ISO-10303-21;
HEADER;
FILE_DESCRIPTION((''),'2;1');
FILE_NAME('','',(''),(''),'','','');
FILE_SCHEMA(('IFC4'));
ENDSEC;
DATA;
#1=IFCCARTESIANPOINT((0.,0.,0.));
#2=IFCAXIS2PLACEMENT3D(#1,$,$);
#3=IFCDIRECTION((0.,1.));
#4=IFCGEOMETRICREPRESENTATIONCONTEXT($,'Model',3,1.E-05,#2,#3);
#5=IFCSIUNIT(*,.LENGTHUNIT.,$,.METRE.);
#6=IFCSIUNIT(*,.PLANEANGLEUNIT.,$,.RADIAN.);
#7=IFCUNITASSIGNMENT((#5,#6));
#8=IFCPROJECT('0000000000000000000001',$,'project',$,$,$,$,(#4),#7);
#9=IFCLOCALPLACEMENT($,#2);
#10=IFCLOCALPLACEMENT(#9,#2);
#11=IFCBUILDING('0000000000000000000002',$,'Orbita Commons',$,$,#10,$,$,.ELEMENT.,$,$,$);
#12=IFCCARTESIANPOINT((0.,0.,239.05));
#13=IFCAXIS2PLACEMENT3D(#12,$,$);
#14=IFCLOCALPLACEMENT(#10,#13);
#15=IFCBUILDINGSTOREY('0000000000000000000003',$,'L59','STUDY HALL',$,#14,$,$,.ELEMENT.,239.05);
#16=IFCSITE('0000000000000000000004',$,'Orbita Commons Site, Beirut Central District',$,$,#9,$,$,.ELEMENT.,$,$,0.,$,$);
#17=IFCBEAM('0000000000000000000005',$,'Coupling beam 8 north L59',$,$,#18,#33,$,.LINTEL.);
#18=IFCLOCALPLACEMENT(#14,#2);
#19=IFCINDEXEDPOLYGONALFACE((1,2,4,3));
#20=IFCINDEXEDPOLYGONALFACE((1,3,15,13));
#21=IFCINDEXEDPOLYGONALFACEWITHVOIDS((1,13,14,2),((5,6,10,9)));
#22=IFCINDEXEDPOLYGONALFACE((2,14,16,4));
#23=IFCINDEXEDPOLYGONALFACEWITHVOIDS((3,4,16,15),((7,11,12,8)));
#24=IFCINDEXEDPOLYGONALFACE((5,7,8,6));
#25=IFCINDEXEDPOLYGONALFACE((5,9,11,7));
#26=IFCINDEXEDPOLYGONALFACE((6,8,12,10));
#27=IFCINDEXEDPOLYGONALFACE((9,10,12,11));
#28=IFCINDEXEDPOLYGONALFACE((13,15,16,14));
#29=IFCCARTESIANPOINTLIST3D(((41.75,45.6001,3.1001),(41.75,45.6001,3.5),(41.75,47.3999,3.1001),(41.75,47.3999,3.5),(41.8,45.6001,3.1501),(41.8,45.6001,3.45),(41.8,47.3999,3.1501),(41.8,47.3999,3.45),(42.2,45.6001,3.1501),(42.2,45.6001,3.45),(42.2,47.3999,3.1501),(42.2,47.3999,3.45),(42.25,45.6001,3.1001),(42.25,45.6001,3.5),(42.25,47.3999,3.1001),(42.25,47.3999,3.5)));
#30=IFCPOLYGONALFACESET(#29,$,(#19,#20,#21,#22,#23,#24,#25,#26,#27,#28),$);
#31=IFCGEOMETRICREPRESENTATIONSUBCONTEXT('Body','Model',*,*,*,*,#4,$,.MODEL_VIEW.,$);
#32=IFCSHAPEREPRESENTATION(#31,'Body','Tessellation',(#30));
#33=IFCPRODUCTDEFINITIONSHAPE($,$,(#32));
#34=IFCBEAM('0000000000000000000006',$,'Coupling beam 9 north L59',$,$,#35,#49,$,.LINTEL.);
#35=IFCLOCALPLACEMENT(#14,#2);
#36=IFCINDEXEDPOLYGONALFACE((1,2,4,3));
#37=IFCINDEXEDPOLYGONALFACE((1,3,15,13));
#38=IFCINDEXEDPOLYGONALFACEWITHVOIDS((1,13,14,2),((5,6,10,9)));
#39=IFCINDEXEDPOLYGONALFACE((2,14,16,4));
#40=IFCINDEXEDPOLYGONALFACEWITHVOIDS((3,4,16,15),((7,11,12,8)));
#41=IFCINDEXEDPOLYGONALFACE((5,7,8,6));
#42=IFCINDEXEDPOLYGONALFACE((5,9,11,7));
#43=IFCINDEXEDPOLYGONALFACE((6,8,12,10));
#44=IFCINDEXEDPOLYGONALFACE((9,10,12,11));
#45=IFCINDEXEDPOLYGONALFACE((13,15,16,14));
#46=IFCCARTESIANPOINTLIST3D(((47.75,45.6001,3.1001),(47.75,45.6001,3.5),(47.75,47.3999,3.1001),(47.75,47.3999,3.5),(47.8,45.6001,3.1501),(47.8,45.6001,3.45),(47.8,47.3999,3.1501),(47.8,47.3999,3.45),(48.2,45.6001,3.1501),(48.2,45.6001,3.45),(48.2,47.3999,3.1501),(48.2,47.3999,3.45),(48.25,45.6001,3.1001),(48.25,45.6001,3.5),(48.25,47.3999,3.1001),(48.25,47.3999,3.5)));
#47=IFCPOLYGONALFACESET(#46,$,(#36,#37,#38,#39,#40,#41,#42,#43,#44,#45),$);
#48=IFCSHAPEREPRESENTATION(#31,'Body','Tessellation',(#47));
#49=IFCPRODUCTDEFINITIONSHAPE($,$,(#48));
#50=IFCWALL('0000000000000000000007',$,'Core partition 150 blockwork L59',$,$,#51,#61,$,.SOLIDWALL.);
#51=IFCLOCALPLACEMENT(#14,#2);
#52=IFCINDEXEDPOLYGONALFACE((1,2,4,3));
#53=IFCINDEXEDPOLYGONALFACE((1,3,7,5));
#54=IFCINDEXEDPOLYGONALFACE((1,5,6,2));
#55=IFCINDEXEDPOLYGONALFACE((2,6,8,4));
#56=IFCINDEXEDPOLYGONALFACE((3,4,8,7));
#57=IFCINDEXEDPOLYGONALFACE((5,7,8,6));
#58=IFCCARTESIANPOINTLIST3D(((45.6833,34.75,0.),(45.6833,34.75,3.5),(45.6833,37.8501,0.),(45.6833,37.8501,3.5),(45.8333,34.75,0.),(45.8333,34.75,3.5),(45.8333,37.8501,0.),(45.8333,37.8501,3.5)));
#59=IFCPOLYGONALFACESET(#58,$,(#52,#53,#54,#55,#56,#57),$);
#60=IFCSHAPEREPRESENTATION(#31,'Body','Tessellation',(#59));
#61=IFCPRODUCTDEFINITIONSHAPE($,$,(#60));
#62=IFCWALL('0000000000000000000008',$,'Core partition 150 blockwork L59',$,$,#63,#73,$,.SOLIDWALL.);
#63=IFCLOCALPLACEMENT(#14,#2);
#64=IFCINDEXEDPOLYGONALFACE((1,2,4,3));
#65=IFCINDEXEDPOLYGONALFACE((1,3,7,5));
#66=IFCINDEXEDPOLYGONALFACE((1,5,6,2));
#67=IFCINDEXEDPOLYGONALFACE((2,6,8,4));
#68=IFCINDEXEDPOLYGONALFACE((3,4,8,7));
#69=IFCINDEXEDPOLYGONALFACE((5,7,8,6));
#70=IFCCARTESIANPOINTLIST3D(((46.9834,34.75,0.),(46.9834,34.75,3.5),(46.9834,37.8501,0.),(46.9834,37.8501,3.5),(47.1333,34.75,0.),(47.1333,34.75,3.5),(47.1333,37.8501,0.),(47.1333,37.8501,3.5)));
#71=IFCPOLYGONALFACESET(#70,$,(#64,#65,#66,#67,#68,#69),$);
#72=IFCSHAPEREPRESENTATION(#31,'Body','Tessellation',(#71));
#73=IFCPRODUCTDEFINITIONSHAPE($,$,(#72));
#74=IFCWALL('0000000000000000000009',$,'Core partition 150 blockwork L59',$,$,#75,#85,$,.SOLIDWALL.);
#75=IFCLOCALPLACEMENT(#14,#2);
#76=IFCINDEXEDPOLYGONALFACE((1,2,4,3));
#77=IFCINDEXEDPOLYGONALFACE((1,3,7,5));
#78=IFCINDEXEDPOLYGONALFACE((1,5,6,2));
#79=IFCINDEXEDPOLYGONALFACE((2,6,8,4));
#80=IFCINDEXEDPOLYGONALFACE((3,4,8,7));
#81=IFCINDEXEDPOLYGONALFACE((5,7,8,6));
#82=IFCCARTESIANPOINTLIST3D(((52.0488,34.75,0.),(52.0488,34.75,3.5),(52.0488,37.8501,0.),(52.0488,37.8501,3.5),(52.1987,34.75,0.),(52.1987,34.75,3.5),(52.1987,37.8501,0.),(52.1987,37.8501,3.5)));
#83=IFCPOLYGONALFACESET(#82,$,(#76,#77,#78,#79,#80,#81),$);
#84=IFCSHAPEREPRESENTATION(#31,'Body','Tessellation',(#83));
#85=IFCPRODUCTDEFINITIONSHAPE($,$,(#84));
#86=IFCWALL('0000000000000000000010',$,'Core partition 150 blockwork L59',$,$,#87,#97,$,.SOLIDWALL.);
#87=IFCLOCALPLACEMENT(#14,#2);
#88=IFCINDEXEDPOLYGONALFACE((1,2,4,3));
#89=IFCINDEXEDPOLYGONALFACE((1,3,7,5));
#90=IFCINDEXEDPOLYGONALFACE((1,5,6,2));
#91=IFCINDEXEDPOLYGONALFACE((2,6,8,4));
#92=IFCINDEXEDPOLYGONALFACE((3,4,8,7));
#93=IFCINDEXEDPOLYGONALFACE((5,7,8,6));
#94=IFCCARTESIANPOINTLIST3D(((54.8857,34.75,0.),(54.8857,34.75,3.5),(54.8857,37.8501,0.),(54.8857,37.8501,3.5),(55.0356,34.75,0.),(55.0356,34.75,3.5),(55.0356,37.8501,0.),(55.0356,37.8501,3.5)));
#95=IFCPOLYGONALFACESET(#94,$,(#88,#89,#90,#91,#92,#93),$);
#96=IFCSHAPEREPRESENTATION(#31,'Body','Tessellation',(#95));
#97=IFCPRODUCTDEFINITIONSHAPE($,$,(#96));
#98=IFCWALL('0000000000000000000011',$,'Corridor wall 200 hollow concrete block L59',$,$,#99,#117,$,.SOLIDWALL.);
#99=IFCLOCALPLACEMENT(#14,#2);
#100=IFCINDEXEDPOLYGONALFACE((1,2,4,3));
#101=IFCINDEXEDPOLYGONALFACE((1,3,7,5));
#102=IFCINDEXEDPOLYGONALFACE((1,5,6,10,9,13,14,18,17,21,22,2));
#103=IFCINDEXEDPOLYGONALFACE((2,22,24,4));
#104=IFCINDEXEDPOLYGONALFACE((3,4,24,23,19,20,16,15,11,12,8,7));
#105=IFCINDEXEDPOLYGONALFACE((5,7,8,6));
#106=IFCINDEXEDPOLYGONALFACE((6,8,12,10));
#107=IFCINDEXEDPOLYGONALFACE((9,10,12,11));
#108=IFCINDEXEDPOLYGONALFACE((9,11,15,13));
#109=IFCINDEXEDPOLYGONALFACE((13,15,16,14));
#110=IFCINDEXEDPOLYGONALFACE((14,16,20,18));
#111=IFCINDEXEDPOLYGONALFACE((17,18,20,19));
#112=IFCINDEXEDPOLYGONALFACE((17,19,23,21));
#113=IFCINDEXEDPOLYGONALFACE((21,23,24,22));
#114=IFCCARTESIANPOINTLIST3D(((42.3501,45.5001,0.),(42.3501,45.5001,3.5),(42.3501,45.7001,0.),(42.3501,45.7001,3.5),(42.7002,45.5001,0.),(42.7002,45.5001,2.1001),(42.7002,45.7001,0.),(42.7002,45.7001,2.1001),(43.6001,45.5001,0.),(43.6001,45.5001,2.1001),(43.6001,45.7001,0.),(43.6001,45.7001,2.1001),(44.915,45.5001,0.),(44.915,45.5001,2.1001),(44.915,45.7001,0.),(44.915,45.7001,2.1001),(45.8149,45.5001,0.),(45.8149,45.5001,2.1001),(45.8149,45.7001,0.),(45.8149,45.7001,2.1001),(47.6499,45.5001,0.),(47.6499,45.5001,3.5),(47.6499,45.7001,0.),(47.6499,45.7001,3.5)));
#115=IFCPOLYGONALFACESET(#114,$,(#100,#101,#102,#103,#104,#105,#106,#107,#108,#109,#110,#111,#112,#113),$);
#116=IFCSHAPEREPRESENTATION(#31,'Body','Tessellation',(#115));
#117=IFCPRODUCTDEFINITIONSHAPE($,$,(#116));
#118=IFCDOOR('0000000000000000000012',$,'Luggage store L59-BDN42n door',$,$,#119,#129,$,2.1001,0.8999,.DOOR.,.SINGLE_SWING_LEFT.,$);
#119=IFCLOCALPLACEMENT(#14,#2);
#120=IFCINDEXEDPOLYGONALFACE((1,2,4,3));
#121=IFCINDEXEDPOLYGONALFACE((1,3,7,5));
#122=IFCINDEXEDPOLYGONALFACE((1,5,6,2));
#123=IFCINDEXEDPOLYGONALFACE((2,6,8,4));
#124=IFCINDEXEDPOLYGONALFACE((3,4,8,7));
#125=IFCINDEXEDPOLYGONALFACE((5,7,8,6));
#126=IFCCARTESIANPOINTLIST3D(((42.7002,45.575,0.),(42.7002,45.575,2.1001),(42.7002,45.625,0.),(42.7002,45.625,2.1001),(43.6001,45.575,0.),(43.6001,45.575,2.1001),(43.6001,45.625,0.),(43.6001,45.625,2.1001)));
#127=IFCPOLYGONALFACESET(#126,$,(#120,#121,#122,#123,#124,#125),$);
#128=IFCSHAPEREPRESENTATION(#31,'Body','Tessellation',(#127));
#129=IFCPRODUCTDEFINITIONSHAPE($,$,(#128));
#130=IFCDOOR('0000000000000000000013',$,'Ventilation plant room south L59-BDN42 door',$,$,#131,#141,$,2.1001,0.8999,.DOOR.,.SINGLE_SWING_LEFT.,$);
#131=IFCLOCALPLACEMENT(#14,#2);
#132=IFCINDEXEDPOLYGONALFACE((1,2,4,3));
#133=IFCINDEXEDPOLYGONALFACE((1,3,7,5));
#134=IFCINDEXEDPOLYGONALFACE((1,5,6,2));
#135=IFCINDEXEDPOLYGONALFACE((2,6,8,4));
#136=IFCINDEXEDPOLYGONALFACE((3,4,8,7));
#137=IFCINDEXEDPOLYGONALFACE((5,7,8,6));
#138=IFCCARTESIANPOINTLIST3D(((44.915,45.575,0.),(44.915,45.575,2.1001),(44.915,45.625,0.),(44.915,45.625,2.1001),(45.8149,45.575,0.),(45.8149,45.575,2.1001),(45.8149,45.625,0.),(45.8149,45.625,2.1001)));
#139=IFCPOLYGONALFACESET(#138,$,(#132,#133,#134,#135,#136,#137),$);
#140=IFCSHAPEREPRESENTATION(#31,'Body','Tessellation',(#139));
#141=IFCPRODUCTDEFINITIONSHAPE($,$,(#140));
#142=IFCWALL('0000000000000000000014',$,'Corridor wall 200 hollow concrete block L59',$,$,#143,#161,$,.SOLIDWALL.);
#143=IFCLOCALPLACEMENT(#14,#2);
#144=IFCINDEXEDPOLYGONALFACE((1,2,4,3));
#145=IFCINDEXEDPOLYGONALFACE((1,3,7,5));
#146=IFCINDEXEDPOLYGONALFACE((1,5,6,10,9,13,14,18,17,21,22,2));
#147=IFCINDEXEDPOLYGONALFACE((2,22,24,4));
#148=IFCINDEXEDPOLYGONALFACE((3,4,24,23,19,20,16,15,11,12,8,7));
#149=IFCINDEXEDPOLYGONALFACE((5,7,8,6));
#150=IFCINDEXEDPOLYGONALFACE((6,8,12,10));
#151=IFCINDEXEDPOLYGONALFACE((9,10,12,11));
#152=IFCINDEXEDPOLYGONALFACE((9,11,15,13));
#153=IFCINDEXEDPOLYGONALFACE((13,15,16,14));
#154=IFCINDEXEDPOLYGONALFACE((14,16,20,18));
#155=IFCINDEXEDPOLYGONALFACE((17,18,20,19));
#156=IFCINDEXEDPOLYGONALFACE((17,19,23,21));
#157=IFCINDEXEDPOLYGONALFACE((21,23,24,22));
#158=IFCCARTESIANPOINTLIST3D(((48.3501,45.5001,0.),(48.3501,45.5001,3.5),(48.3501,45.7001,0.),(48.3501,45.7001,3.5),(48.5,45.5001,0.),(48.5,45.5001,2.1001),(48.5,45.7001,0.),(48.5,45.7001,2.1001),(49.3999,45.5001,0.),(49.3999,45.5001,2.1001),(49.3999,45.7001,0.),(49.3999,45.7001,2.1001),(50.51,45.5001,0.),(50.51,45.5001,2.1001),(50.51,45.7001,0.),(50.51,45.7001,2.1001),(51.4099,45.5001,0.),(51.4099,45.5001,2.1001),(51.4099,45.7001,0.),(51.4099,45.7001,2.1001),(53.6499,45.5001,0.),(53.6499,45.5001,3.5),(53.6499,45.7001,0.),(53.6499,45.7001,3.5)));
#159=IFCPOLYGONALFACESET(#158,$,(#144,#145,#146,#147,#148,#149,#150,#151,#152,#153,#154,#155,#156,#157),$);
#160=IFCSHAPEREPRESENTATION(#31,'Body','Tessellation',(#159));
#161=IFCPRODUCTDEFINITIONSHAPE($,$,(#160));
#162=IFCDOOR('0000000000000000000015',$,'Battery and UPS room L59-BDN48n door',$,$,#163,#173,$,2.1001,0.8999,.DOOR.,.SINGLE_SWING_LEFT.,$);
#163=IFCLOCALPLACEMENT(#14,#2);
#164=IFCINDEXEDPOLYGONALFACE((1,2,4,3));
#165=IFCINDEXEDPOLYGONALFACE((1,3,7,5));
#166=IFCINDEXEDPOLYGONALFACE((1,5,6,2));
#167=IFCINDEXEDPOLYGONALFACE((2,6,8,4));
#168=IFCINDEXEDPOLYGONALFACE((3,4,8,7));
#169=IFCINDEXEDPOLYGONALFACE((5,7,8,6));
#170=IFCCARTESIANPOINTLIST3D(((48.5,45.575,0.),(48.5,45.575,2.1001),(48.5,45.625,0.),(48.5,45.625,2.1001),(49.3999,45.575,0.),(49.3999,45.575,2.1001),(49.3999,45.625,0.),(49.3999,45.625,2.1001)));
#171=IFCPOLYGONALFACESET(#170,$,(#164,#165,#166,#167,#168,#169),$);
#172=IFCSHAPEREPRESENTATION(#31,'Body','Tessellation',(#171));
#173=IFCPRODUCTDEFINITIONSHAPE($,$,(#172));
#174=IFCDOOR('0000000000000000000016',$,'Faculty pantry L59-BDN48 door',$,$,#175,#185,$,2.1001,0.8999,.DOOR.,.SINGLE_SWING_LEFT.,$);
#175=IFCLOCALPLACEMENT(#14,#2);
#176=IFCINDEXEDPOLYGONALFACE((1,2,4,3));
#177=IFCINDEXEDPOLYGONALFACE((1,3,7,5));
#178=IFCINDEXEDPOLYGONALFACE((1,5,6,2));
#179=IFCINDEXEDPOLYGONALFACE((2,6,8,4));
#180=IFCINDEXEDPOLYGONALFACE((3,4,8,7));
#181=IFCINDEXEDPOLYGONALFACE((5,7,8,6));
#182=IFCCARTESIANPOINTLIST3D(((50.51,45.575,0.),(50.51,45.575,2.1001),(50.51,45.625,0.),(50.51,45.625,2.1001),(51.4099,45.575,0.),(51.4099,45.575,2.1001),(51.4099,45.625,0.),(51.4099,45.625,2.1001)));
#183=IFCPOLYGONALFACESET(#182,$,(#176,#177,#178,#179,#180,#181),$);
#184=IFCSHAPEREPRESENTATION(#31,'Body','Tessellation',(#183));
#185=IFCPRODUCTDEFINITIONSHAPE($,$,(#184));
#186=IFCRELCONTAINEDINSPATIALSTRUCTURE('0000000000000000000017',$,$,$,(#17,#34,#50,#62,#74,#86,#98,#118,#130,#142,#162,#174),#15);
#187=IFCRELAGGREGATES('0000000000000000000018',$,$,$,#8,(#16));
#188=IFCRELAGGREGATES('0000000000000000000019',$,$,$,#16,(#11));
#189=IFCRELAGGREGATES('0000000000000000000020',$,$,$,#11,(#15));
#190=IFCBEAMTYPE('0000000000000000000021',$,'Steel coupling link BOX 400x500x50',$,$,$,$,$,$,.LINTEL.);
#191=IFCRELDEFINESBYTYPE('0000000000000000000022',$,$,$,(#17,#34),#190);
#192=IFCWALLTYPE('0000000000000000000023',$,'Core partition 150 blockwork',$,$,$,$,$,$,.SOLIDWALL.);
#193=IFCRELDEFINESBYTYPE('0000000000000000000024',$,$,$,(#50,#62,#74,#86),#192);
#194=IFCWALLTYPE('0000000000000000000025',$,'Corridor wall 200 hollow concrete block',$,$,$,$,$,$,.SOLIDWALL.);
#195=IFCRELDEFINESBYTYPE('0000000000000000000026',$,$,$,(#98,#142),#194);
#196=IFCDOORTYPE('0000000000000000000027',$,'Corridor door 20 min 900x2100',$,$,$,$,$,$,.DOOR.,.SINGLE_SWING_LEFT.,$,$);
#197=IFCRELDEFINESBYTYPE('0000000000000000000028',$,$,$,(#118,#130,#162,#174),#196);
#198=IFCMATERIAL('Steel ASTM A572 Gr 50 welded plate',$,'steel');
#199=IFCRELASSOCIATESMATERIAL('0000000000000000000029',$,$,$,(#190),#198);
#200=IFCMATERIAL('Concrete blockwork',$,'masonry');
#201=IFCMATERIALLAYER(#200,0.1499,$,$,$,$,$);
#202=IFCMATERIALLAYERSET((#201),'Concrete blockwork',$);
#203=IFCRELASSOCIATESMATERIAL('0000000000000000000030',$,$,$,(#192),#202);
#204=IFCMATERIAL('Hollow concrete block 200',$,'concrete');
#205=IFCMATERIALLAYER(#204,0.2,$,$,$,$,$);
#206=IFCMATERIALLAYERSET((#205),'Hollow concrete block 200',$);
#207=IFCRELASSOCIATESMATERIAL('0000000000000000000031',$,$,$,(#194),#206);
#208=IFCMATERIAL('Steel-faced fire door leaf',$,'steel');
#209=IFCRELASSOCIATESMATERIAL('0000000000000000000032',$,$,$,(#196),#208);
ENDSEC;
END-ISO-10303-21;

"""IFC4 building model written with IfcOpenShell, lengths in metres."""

from ifc_helpers import new_model, si_unit, direction, frame, frame_2d, origin, origin_2d, place, context, subcontext, project, spatial, rectangle, hollow_rectangle, extrude, material, layer, layer_set, material_profile, profile_set, type_object, element, fill, save


model = new_model("IFC4")

# Units and contexts
model_context = context("Model", 3, precision=1e-05, world=origin(), true_north=direction((0.0, 1.0)))
body_context = subcontext(model_context, "Body", "Model", "MODEL_VIEW")
ifc_project = project(units=[si_unit("LENGTHUNIT", "METRE"), si_unit("PLANEANGLEUNIT", "RADIAN")], contexts=[model_context])

# Site, building, storey
site_placement = place(None, origin())
site = spatial("IfcSite", under=ifc_project, at=site_placement, Name="Orbita Commons Site, Beirut Central District", CompositionType="ELEMENT", RefElevation=0.0)
building_placement = place(site_placement, origin())
building = spatial("IfcBuilding", under=site, at=building_placement, Name="Orbita Commons", CompositionType="ELEMENT")
storey_placement = place(building_placement, frame((0.0, 0.0, 239.05)))
storey = spatial("IfcBuildingStorey", under=building, at=storey_placement, Name="L59", Description="STUDY HALL", CompositionType="ELEMENT", Elevation=239.05)

# Beams
ifc_material_1 = material(Name="Steel ASTM A572 Gr 50 welded plate", Category="steel")
ifc_material_profile = material_profile(ifc_material_1, hollow_rectangle(XDim=0.5, YDim=0.3999, WallThickness=0.05, at=origin_2d()), Name="BOX 400x500x50")
ifc_profile_set = profile_set([ifc_material_profile], Name="Steel ASTM A572 Gr 50 welded plate")
beam_type = type_object("IfcBeamType", Name="Steel coupling link BOX 400x500x50", PredefinedType="LINTEL", material=ifc_profile_set)
for number, where, z_axis, x_axis, name in (
    (1, (42.0, 45.6001, 3.3), (0.0, 1.0, 0.0), (-1.0, 0.0, 0.0), "Coupling beam 8 north L59"),
    (2, (48.0, 45.6001, 3.3), (0.0, 1.0, 0.0), (-1.0, 0.0, 0.0), "Coupling beam 9 north L59"),
):
    element("IfcBeam", number, at=place(storey_placement, frame(where, z_axis=z_axis, x_axis=x_axis)), inside=storey, type_object=beam_type, Name=name, PredefinedType="LINTEL", context=body_context, shape_type="SweptSolid", body=[
        extrude(hollow_rectangle(XDim=0.5, YDim=0.3999, WallThickness=0.05, at=origin_2d()), origin(), (0.0, 0.0, 1.0), 1.7998),
    ])

# Walls
ifc_material_2 = material(Name="Concrete blockwork", Category="masonry")
ifc_layer_1 = layer(ifc_material_2, 0.1499)
ifc_layer_set_1 = layer_set([ifc_layer_1], Name="Concrete blockwork")
wall_type_1 = type_object("IfcWallType", Name="Core partition 150 blockwork", PredefinedType="SOLIDWALL", material=ifc_layer_set_1)
for number, where, z_axis, x_axis, name in (
    (3, (45.7583, 34.75, 0.0), (0.0, 0.0, 1.0), (0.0, 1.0, 0.0), "Core partition 150 blockwork L59"),
    (4, (47.0583, 34.75, 0.0), (0.0, 0.0, 1.0), (0.0, 1.0, 0.0), "Core partition 150 blockwork L59"),
    (5, (52.1238, 34.75, 0.0), (0.0, 0.0, 1.0), (0.0, 1.0, 0.0), "Core partition 150 blockwork L59"),
    (6, (54.9607, 34.75, 0.0), (0.0, 0.0, 1.0), (0.0, 1.0, 0.0), "Core partition 150 blockwork L59"),
):
    element("IfcWall", number, at=place(storey_placement, frame(where, z_axis=z_axis, x_axis=x_axis)), inside=storey, type_object=wall_type_1, Name=name, PredefinedType="SOLIDWALL", context=body_context, shape_type="SweptSolid", body=[
        extrude(rectangle(XDim=3.1001, YDim=0.1499, at=frame_2d((1.55, 0.0))), origin(), (0.0, 0.0, 1.0), 3.5),
    ])

# Walls, openings, doors
ifc_material_3 = material(Name="Hollow concrete block 200", Category="concrete")
ifc_layer_2 = layer(ifc_material_3, 0.2)
ifc_layer_set_2 = layer_set([ifc_layer_2], Name="Hollow concrete block 200")
wall_type_2 = type_object("IfcWallType", Name="Corridor wall 200 hollow concrete block", PredefinedType="SOLIDWALL", material=ifc_layer_set_2)
wall_1_placement = place(storey_placement, frame((42.3501, 45.6001, 0.0), z_axis=(0.0, 0.0, 1.0), x_axis=(1.0, 0.0, 0.0)))
wall_1 = element("IfcWall", 7, at=wall_1_placement, inside=storey, type_object=wall_type_2, Name="Corridor wall 200 hollow concrete block L59", PredefinedType="SOLIDWALL", context=body_context, shape_type="SweptSolid", body=[
    extrude(rectangle(XDim=5.2998, YDim=0.2, at=frame_2d((2.6499, 0.0))), origin(), (0.0, 0.0, 1.0), 3.5),
])
opening_1_placement = place(wall_1_placement, frame((0.3501, 0.0, 0.0)))
opening_1 = element("IfcOpeningElement", 8, at=opening_1_placement, cuts=wall_1, PredefinedType="OPENING", context=body_context, shape_type="SweptSolid", body=[
    extrude(rectangle(XDim=0.8999, YDim=2.1001, at=frame_2d((0.45, 1.05))), frame((0.0, 0.1099, 0.0), z_axis=(0.0, -1.0, 0.0), x_axis=(1.0, 0.0, 0.0)), (0.0, 0.0, 1.0), 0.22),
])
opening_2_placement = place(wall_1_placement, frame((2.5649, 0.0, 0.0)))
opening_2 = element("IfcOpeningElement", 9, at=opening_2_placement, cuts=wall_1, PredefinedType="OPENING", context=body_context, shape_type="SweptSolid", body=[
    extrude(rectangle(XDim=0.8999, YDim=2.1001, at=frame_2d((0.45, 1.05))), frame((0.0, 0.1099, 0.0), z_axis=(0.0, -1.0, 0.0), x_axis=(1.0, 0.0, 0.0)), (0.0, 0.0, 1.0), 0.22),
])
ifc_material_4 = material(Name="Steel-faced fire door leaf", Category="steel")
door_type = type_object("IfcDoorType", Name="Corridor door 20 min 900x2100", OperationType="SINGLE_SWING_LEFT", PredefinedType="DOOR", material=ifc_material_4)
door_1_placement = place(opening_1_placement, origin())
door_1 = element("IfcDoor", 10, at=door_1_placement, inside=storey, type_object=door_type, Name="Luggage store L59-BDN42n door", OperationType="SINGLE_SWING_LEFT", OverallHeight=2.1001, OverallWidth=0.8999, PredefinedType="DOOR", context=body_context, shape_type="SweptSolid", body=[
    extrude(rectangle(XDim=0.8999, YDim=2.1001, at=frame_2d((0.45, 1.05))), frame((0.0, 0.0249, 0.0), z_axis=(0.0, -1.0, 0.0), x_axis=(1.0, 0.0, 0.0)), (0.0, 0.0, 1.0), 0.05),
])
fill(opening_1, door_1)
door_2_placement = place(opening_2_placement, origin())
door_2 = element("IfcDoor", 11, at=door_2_placement, inside=storey, type_object=door_type, Name="Ventilation plant room south L59-BDN42 door", OperationType="SINGLE_SWING_LEFT", OverallHeight=2.1001, OverallWidth=0.8999, PredefinedType="DOOR", context=body_context, shape_type="SweptSolid", body=[
    extrude(rectangle(XDim=0.8999, YDim=2.1001, at=frame_2d((0.45, 1.05))), frame((0.0, 0.0249, 0.0), z_axis=(0.0, -1.0, 0.0), x_axis=(1.0, 0.0, 0.0)), (0.0, 0.0, 1.0), 0.05),
])
fill(opening_2, door_2)
wall_2_placement = place(storey_placement, frame((48.3501, 45.6001, 0.0), z_axis=(0.0, 0.0, 1.0), x_axis=(1.0, 0.0, 0.0)))
wall_2 = element("IfcWall", 12, at=wall_2_placement, inside=storey, type_object=wall_type_2, Name="Corridor wall 200 hollow concrete block L59", PredefinedType="SOLIDWALL", context=body_context, shape_type="SweptSolid", body=[
    extrude(rectangle(XDim=5.2998, YDim=0.2, at=frame_2d((2.6499, 0.0))), origin(), (0.0, 0.0, 1.0), 3.5),
])
opening_3_placement = place(wall_2_placement, frame((0.1499, 0.0, 0.0)))
opening_3 = element("IfcOpeningElement", 13, at=opening_3_placement, cuts=wall_2, PredefinedType="OPENING", context=body_context, shape_type="SweptSolid", body=[
    extrude(rectangle(XDim=0.8999, YDim=2.1001, at=frame_2d((0.45, 1.05))), frame((0.0, 0.1099, 0.0), z_axis=(0.0, -1.0, 0.0), x_axis=(1.0, 0.0, 0.0)), (0.0, 0.0, 1.0), 0.22),
])
opening_4_placement = place(wall_2_placement, frame((2.1599, 0.0, 0.0)))
opening_4 = element("IfcOpeningElement", 14, at=opening_4_placement, cuts=wall_2, PredefinedType="OPENING", context=body_context, shape_type="SweptSolid", body=[
    extrude(rectangle(XDim=0.8999, YDim=2.1001, at=frame_2d((0.45, 1.05))), frame((0.0, 0.1099, 0.0), z_axis=(0.0, -1.0, 0.0), x_axis=(1.0, 0.0, 0.0)), (0.0, 0.0, 1.0), 0.22),
])
door_3_placement = place(opening_3_placement, origin())
door_3 = element("IfcDoor", 15, at=door_3_placement, inside=storey, type_object=door_type, Name="Battery and UPS room L59-BDN48n door", OperationType="SINGLE_SWING_LEFT", OverallHeight=2.1001, OverallWidth=0.8999, PredefinedType="DOOR", context=body_context, shape_type="SweptSolid", body=[
    extrude(rectangle(XDim=0.8999, YDim=2.1001, at=frame_2d((0.45, 1.05))), frame((0.0, 0.0249, 0.0), z_axis=(0.0, -1.0, 0.0), x_axis=(1.0, 0.0, 0.0)), (0.0, 0.0, 1.0), 0.05),
])
fill(opening_3, door_3)
door_4_placement = place(opening_4_placement, origin())
door_4 = element("IfcDoor", 16, at=door_4_placement, inside=storey, type_object=door_type, Name="Faculty pantry L59-BDN48 door", OperationType="SINGLE_SWING_LEFT", OverallHeight=2.1001, OverallWidth=0.8999, PredefinedType="DOOR", context=body_context, shape_type="SweptSolid", body=[
    extrude(rectangle(XDim=0.8999, YDim=2.1001, at=frame_2d((0.45, 1.05))), frame((0.0, 0.0249, 0.0), z_axis=(0.0, -1.0, 0.0), x_axis=(1.0, 0.0, 0.0)), (0.0, 0.0, 1.0), 0.05),
])
fill(opening_4, door_4)

save(model, "model.ifc")
